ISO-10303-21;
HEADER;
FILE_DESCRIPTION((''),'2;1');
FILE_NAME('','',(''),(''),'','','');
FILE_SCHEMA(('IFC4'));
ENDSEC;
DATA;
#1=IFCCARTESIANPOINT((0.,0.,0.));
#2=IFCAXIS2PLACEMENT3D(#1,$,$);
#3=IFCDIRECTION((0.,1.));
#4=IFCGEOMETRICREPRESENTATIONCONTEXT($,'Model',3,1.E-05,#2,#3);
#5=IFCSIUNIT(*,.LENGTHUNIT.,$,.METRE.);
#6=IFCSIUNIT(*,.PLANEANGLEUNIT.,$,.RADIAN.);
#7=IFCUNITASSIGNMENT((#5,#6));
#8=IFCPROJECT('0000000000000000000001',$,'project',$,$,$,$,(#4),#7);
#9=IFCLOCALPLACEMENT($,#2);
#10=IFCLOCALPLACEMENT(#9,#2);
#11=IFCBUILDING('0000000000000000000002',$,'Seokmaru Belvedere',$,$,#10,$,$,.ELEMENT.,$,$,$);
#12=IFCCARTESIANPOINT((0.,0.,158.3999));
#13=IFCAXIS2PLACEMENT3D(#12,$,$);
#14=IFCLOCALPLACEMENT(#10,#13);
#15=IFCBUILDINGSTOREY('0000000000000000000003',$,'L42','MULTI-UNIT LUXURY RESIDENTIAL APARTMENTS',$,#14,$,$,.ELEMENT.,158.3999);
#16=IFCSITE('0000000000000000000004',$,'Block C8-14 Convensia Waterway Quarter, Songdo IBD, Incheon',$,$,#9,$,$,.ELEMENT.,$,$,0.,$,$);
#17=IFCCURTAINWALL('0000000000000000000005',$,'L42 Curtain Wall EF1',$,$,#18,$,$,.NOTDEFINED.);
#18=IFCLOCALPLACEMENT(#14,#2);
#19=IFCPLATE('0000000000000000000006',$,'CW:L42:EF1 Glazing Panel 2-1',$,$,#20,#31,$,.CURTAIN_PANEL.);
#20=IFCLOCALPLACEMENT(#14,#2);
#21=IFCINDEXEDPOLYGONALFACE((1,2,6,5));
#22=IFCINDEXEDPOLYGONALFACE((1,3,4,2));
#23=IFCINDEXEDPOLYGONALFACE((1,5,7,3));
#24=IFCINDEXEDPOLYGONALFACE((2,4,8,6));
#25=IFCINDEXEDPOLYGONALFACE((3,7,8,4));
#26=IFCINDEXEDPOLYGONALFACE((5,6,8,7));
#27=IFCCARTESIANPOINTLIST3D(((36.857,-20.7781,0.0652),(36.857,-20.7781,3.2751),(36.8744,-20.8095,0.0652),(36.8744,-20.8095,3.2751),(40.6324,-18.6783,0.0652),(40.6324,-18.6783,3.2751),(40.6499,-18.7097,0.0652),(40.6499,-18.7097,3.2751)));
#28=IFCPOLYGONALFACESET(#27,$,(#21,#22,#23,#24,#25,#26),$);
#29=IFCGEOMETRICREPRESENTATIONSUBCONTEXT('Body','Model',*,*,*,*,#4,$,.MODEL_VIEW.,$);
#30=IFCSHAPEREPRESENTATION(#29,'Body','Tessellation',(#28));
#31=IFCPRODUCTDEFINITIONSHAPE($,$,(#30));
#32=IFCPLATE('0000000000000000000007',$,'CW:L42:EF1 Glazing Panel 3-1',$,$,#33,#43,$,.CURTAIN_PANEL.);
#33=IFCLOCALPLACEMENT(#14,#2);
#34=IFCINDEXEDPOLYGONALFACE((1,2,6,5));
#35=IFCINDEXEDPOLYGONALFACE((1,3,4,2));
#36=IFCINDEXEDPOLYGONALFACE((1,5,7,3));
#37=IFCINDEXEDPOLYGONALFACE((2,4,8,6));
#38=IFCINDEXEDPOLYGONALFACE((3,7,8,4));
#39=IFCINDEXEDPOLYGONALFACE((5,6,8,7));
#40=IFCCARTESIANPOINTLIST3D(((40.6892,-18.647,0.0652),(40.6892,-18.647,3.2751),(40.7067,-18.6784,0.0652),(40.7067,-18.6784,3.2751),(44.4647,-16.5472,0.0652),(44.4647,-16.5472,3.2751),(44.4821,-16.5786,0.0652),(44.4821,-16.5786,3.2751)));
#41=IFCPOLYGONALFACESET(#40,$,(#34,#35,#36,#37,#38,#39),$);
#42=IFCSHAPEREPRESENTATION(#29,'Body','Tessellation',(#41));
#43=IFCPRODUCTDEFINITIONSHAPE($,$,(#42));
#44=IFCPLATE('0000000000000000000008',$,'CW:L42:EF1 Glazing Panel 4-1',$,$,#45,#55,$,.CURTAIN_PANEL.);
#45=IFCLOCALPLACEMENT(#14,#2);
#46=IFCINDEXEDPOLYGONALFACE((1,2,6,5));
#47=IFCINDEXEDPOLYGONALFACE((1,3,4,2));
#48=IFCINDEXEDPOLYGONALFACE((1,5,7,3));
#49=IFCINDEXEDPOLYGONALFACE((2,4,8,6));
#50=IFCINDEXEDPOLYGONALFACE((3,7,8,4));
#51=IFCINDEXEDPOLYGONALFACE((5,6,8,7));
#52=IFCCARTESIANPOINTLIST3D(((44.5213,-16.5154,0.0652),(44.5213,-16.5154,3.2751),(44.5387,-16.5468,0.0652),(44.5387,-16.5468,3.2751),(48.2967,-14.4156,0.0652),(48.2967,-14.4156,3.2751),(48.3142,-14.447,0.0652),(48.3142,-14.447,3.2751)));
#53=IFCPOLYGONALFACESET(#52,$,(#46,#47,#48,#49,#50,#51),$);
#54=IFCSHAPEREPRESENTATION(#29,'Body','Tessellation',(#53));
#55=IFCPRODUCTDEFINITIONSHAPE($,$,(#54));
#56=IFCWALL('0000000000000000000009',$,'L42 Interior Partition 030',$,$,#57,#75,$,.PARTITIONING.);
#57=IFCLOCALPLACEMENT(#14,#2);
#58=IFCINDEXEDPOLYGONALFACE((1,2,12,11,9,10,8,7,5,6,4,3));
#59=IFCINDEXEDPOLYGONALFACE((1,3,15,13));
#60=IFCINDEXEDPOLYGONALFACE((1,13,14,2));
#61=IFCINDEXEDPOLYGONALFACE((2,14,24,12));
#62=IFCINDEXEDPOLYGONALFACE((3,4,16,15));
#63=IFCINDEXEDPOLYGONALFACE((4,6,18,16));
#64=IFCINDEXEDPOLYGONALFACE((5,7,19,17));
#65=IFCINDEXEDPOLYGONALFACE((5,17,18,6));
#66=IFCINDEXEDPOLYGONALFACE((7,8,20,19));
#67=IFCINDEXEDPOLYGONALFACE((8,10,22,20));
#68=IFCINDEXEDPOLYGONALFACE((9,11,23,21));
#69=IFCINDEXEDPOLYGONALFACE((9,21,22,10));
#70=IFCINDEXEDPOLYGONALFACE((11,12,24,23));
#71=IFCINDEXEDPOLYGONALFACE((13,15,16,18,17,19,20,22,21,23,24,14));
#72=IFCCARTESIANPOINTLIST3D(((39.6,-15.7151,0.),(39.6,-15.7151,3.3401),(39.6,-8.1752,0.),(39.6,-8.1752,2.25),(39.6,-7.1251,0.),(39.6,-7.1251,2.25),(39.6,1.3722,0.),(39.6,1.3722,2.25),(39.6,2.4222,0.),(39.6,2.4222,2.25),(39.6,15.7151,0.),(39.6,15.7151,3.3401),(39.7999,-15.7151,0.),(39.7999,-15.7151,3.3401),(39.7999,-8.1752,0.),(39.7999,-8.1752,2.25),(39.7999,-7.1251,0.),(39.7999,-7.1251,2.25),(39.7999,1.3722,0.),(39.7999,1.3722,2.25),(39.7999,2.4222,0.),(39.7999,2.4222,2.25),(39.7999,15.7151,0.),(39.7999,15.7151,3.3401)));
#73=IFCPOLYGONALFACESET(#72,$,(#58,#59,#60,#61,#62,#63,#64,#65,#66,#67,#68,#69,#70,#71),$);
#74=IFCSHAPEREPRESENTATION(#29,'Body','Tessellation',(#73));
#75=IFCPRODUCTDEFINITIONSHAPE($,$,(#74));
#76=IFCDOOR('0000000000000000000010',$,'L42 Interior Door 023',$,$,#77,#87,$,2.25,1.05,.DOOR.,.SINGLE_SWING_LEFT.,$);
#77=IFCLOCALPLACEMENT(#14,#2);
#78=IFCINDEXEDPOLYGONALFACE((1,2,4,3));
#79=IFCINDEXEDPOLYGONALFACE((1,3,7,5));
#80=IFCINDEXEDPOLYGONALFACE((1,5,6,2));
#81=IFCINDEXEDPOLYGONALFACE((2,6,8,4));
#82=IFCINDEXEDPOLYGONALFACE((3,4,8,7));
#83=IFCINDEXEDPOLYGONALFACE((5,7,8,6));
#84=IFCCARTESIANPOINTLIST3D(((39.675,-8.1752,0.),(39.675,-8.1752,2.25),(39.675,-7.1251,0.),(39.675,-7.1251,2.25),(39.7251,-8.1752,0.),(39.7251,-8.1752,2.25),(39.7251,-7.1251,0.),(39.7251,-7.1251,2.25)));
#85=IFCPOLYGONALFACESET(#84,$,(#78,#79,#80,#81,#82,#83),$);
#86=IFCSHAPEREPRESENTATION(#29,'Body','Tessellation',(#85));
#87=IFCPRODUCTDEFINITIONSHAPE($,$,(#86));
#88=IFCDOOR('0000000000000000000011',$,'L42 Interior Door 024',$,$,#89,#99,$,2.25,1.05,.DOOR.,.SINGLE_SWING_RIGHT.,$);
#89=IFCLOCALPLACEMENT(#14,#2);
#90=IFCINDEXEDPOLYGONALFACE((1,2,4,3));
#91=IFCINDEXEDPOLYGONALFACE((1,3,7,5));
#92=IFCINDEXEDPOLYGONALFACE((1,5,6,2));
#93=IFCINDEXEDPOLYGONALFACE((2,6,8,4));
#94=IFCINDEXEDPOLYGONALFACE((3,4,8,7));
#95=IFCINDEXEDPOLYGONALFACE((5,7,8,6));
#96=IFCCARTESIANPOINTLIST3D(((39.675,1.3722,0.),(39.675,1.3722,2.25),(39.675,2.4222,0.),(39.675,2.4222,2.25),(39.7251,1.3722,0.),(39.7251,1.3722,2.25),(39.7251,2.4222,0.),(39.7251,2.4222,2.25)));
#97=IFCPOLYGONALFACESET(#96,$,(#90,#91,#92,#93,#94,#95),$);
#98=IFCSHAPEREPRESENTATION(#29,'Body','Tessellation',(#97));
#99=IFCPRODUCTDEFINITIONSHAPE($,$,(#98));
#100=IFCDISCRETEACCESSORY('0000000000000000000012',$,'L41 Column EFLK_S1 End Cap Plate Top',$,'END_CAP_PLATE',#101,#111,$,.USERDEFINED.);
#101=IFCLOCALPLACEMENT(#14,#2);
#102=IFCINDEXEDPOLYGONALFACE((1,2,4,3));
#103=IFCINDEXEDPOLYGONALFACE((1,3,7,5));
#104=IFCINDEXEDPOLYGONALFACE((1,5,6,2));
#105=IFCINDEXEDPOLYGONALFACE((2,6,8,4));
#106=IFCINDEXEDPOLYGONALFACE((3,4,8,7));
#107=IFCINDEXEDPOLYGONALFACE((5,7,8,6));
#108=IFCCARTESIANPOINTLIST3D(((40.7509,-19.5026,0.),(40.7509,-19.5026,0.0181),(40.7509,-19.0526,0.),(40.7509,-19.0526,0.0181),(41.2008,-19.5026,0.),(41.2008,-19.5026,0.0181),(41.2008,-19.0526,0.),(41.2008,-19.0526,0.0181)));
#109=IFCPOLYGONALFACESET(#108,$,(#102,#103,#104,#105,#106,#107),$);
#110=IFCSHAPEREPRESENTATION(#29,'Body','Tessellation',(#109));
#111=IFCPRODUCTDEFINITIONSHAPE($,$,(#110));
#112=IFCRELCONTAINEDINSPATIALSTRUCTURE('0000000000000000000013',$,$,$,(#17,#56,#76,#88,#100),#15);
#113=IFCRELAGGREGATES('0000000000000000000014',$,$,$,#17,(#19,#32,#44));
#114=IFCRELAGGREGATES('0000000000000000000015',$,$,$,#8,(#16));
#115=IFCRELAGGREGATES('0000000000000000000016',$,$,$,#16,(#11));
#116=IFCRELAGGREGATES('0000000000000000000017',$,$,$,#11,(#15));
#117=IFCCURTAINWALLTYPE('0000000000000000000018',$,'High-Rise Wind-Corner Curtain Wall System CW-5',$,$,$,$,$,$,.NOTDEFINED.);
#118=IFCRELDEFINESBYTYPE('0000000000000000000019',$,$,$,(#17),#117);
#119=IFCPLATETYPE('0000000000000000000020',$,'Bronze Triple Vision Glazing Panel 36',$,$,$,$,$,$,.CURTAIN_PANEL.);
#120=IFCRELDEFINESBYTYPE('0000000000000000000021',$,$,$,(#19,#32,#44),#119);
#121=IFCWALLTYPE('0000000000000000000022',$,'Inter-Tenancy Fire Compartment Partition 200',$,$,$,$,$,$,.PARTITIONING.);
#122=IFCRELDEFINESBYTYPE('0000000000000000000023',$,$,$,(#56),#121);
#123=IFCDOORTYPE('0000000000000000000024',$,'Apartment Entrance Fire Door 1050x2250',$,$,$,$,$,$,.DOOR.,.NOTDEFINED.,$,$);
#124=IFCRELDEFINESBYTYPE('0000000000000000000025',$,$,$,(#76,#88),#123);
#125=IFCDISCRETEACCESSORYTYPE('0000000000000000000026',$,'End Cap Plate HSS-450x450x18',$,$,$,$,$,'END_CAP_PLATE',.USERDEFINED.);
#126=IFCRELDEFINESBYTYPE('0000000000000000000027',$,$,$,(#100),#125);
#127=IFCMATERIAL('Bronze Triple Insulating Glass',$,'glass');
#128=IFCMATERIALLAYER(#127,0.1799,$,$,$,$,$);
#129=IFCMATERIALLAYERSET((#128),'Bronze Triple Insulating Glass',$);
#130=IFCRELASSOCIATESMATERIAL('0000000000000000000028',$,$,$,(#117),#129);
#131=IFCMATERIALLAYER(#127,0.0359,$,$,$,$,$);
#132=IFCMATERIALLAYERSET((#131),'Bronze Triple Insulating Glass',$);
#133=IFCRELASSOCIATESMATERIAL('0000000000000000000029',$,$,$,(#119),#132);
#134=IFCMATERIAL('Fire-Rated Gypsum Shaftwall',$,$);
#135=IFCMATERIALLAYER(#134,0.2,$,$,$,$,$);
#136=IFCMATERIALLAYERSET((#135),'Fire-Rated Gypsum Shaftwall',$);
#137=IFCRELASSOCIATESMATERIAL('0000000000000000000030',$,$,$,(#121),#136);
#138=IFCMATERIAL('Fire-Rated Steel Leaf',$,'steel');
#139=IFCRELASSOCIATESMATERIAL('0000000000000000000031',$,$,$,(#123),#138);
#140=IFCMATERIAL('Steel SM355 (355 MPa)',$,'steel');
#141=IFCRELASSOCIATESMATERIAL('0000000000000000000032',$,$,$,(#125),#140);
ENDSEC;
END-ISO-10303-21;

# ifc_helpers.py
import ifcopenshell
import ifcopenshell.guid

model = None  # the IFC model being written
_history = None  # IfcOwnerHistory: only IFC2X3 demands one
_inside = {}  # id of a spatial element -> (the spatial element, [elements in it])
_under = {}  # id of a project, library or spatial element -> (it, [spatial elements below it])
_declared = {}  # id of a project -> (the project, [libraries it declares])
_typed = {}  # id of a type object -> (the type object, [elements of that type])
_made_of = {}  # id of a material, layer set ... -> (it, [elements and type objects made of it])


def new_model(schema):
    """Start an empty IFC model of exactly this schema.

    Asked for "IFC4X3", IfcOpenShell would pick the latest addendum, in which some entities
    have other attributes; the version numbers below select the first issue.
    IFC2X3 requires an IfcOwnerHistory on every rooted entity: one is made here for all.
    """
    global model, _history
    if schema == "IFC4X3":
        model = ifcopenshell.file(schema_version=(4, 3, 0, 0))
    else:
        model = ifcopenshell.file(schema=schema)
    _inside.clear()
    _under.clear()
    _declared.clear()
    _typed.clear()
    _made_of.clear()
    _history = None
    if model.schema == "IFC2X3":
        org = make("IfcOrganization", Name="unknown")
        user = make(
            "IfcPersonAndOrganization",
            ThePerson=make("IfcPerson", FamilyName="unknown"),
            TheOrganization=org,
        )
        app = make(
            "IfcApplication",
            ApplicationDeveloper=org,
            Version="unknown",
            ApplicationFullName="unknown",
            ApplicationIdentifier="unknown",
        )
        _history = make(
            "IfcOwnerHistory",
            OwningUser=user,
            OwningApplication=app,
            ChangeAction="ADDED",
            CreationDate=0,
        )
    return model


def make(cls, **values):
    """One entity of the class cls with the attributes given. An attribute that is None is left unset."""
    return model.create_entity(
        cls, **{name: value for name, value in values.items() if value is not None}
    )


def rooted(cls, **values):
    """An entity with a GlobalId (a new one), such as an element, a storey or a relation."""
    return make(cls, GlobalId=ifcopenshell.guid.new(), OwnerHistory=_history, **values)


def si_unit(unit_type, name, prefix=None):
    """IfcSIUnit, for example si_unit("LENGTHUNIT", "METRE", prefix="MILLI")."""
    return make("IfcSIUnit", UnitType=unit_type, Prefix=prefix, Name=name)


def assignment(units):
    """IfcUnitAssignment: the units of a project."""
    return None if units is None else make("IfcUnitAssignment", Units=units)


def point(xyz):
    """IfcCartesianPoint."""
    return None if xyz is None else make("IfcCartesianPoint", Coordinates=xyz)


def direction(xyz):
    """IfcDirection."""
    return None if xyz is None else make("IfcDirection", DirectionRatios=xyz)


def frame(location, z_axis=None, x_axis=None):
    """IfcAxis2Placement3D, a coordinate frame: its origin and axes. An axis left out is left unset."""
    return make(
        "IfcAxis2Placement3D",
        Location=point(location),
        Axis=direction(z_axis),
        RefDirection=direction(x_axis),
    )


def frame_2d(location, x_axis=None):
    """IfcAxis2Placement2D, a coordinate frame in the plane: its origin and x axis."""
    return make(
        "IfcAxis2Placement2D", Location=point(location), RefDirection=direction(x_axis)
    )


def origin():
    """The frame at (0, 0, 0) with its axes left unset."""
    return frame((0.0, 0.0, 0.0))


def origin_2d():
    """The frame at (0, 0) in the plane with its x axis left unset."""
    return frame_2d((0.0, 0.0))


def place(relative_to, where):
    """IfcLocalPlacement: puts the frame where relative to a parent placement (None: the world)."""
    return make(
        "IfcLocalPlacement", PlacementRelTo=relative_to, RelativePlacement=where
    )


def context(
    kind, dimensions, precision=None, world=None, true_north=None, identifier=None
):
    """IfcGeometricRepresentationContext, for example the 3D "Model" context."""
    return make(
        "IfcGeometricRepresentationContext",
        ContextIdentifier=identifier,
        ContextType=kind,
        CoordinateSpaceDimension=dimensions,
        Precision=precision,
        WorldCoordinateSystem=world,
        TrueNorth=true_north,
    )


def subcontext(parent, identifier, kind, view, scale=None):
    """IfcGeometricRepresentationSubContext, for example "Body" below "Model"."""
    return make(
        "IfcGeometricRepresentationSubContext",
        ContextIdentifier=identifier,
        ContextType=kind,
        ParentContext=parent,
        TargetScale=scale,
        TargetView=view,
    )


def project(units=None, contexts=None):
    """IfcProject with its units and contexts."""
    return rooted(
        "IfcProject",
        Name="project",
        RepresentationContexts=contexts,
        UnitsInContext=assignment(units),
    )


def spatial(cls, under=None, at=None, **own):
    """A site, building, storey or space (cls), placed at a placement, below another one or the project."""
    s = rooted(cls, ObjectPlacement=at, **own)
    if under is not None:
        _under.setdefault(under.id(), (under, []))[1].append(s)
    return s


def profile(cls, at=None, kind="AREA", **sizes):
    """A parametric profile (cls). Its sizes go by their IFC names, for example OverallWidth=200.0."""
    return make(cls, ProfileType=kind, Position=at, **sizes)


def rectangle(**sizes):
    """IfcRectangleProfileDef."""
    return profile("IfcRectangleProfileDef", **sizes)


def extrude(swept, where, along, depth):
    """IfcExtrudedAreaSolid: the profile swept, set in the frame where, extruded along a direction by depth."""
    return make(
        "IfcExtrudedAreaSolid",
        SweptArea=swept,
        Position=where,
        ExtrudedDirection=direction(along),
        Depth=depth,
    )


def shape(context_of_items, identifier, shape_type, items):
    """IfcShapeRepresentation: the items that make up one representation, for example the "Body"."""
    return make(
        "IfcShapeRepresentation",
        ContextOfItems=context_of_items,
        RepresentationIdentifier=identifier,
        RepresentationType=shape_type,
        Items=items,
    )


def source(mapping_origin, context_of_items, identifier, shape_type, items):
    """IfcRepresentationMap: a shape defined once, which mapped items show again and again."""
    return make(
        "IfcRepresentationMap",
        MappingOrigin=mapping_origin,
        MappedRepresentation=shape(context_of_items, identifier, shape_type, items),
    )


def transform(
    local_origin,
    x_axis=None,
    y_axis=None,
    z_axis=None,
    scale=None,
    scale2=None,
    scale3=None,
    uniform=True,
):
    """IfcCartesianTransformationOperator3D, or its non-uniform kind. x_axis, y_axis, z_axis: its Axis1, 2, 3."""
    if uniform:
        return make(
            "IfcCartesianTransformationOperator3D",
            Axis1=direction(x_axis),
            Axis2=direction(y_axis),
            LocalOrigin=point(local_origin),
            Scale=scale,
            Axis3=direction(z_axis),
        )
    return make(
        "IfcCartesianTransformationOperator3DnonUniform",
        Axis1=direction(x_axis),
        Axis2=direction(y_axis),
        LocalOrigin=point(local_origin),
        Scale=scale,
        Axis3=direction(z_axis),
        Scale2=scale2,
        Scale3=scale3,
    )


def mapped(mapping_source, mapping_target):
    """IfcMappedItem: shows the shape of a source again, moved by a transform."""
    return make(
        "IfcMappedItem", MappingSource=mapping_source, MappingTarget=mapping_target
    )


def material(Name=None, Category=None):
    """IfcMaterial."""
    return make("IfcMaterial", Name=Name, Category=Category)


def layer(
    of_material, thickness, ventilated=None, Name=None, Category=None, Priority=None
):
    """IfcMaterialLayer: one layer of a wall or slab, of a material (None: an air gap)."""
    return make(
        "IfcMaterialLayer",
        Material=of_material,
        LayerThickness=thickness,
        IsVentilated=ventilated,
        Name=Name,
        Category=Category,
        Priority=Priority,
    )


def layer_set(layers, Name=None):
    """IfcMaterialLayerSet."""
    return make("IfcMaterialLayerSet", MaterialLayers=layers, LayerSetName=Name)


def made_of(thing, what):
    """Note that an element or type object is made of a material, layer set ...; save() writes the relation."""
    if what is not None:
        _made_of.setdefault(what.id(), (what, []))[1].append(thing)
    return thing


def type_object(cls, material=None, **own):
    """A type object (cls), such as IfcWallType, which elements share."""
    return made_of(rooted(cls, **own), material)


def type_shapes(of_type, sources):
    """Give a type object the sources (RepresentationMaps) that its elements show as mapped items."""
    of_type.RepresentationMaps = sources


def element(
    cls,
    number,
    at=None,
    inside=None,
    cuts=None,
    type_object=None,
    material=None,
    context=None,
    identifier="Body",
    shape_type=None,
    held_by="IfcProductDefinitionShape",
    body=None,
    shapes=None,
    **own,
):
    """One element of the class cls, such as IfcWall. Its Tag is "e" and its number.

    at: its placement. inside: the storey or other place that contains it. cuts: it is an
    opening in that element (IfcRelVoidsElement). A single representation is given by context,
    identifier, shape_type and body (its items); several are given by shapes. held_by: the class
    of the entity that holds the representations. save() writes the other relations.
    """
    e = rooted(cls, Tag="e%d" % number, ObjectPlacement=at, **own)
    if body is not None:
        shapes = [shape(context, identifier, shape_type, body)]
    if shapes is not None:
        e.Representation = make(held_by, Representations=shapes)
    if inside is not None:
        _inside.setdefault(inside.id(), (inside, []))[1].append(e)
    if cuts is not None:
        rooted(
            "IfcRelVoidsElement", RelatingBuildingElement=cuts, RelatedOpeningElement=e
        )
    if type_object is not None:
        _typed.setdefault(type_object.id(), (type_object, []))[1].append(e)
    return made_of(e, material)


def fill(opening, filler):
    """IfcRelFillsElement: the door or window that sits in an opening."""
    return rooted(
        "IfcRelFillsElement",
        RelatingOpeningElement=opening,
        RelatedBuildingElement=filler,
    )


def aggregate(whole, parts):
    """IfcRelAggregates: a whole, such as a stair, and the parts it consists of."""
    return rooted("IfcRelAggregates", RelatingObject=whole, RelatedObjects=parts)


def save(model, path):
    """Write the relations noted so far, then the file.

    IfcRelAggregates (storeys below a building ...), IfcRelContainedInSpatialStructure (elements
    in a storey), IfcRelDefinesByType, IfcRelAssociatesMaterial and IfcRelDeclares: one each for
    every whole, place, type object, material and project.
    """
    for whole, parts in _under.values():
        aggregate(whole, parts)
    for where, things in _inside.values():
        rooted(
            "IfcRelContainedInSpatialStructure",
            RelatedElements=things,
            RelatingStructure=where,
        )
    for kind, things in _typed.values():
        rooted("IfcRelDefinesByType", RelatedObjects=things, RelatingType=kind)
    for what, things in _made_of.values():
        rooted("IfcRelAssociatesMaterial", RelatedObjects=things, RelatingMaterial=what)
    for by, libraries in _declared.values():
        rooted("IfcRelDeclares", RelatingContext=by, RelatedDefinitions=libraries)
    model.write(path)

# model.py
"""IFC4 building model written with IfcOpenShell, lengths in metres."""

from ifc_helpers import new_model, si_unit, direction, frame, frame_2d, origin, origin_2d, place, context, subcontext, project, spatial, rectangle, extrude, source, transform, mapped, material, layer, layer_set, type_object, type_shapes, element, fill, aggregate, save


model = new_model("IFC4")

# Units and contexts
model_context = context("Model", 3, precision=1e-05, world=origin(), true_north=direction((0.0, 1.0)))
body_context = subcontext(model_context, "Body", "Model", "MODEL_VIEW")
ifc_project = project(units=[si_unit("LENGTHUNIT", "METRE"), si_unit("PLANEANGLEUNIT", "RADIAN")], contexts=[model_context])

# Site, building, storey
site_placement = place(None, origin())
site = spatial("IfcSite", under=ifc_project, at=site_placement, Name="Block C8-14 Convensia Waterway Quarter, Songdo IBD, Incheon", CompositionType="ELEMENT", RefElevation=0.0)
building_placement = place(site_placement, origin())
building = spatial("IfcBuilding", under=site, at=building_placement, Name="Seokmaru Belvedere", CompositionType="ELEMENT")
storey_placement = place(building_placement, frame((0.0, 0.0, 158.3999)))
storey = spatial("IfcBuildingStorey", under=building, at=storey_placement, Name="L42", Description="MULTI-UNIT LUXURY RESIDENTIAL APARTMENTS", CompositionType="ELEMENT", Elevation=158.3999)

# Shared definitions
ifc_material_1 = material(Name="Steel SM355 (355 MPa)", Category="steel")

# Curtain wall, plates
ifc_material_2 = material(Name="Bronze Triple Insulating Glass", Category="glass")
ifc_layer_1 = layer(ifc_material_2, 0.1799)
ifc_layer_set_1 = layer_set([ifc_layer_1], Name="Bronze Triple Insulating Glass")
curtain_wall_type = type_object("IfcCurtainWallType", Name="High-Rise Wind-Corner Curtain Wall System CW-5", PredefinedType="NOTDEFINED", material=ifc_layer_set_1)
curtain_wall_placement = place(storey_placement, origin())
curtain_wall = element("IfcCurtainWall", 1, at=curtain_wall_placement, inside=storey, type_object=curtain_wall_type, Name="L42 Curtain Wall EF1", PredefinedType="NOTDEFINED")
ifc_layer_2 = layer(ifc_material_2, 0.0359)
ifc_layer_set_2 = layer_set([ifc_layer_2], Name="Bronze Triple Insulating Glass")
plate_type = type_object("IfcPlateType", Name="Bronze Triple Vision Glazing Panel 36", PredefinedType="CURTAIN_PANEL", material=ifc_layer_set_2)
shared_shape_1 = source(origin(), body_context, "Body", "SweptSolid", [
    extrude(rectangle(XDim=4.3201, YDim=0.0359, at=origin_2d()), origin(), (0.0, 0.0, 1.0), 3.21),
])
type_shapes(plate_type, [shared_shape_1])
plate_1_placement = place(storey_placement, frame((38.7534, -19.7439, 0.0652), z_axis=(0.0, 0.0, 1.0), x_axis=(0.873933, 0.486047, 0.0)))
plate_1 = element("IfcPlate", 2, at=plate_1_placement, type_object=plate_type, Name="CW:L42:EF1 Glazing Panel 2-1", PredefinedType="CURTAIN_PANEL", context=body_context, shape_type="MappedRepresentation", body=[
    mapped(shared_shape_1, transform((0.0, 0.0, 0.0), scale=1.0)),
])
plate_2_placement = place(storey_placement, frame((42.5857, -17.6128, 0.0652), z_axis=(0.0, 0.0, 1.0), x_axis=(0.873933, 0.486047, 0.0)))
plate_2 = element("IfcPlate", 3, at=plate_2_placement, type_object=plate_type, Name="CW:L42:EF1 Glazing Panel 3-1", PredefinedType="CURTAIN_PANEL", context=body_context, shape_type="MappedRepresentation", body=[
    mapped(shared_shape_1, transform((0.0, 0.0, 0.0), scale=1.0)),
])
plate_3_placement = place(storey_placement, frame((46.4177, -15.4812, 0.0652), z_axis=(0.0, 0.0, 1.0), x_axis=(0.873933, 0.486047, 0.0)))
plate_3 = element("IfcPlate", 4, at=plate_3_placement, type_object=plate_type, Name="CW:L42:EF1 Glazing Panel 4-1", PredefinedType="CURTAIN_PANEL", context=body_context, shape_type="MappedRepresentation", body=[
    mapped(shared_shape_1, transform((0.0, 0.0, 0.0), scale=1.0)),
])
aggregate(curtain_wall, [plate_1, plate_2, plate_3])

# Wall, openings, doors
ifc_material_3 = material(Name="Fire-Rated Gypsum Shaftwall")
ifc_layer_3 = layer(ifc_material_3, 0.2)
ifc_layer_set_3 = layer_set([ifc_layer_3], Name="Fire-Rated Gypsum Shaftwall")
wall_type = type_object("IfcWallType", Name="Inter-Tenancy Fire Compartment Partition 200", PredefinedType="PARTITIONING", material=ifc_layer_set_3)
wall_placement = place(storey_placement, frame((39.7, -15.7151, 0.0), z_axis=(0.0, 0.0, 1.0), x_axis=(0.0, 1.0, 0.0)))
wall = element("IfcWall", 5, at=wall_placement, inside=storey, type_object=wall_type, Name="L42 Interior Partition 030", PredefinedType="PARTITIONING", context=body_context, shape_type="SweptSolid", body=[
    extrude(rectangle(XDim=31.4302, YDim=0.2, at=frame_2d((15.7151, 0.0))), origin(), (0.0, 0.0, 1.0), 3.3401),
])
opening_1_placement = place(wall_placement, frame((7.54, 0.0, 0.0)))
opening_1 = element("IfcOpeningElement", 6, at=opening_1_placement, cuts=wall, PredefinedType="OPENING", context=body_context, shape_type="SweptSolid", body=[
    extrude(rectangle(XDim=1.05, YDim=2.25, at=frame_2d((0.5249, 1.125))), frame((0.0, 0.1099, 0.0), z_axis=(0.0, -1.0, 0.0), x_axis=(1.0, 0.0, 0.0)), (0.0, 0.0, 1.0), 0.22),
])
opening_2_placement = place(wall_placement, frame((17.0874, 0.0, 0.0)))
opening_2 = element("IfcOpeningElement", 7, at=opening_2_placement, cuts=wall, PredefinedType="OPENING", context=body_context, shape_type="SweptSolid", body=[
    extrude(rectangle(XDim=1.05, YDim=2.25, at=frame_2d((0.5249, 1.125))), frame((0.0, 0.1099, 0.0), z_axis=(0.0, -1.0, 0.0), x_axis=(1.0, 0.0, 0.0)), (0.0, 0.0, 1.0), 0.22),
])
ifc_material_4 = material(Name="Fire-Rated Steel Leaf", Category="steel")
door_type = type_object("IfcDoorType", Name="Apartment Entrance Fire Door 1050x2250", OperationType="NOTDEFINED", PredefinedType="DOOR", material=ifc_material_4)
shared_shape_2 = source(origin(), body_context, "Body", "SweptSolid", [
    extrude(rectangle(XDim=1.05, YDim=2.25, at=frame_2d((0.5249, 1.125))), frame((0.0, 0.0249, 0.0), z_axis=(0.0, -1.0, 0.0), x_axis=(1.0, 0.0, 0.0)), (0.0, 0.0, 1.0), 0.05),
])
type_shapes(door_type, [shared_shape_2])
door_1_placement = place(opening_1_placement, origin())
door_1 = element("IfcDoor", 8, at=door_1_placement, inside=storey, type_object=door_type, Name="L42 Interior Door 023", OperationType="SINGLE_SWING_LEFT", OverallHeight=2.25, OverallWidth=1.05, PredefinedType="DOOR", context=body_context, shape_type="MappedRepresentation", body=[
    mapped(shared_shape_2, transform((0.0, 0.0, 0.0), scale=1.0)),
])
fill(opening_1, door_1)
door_2_placement = place(opening_2_placement, origin())
door_2 = element("IfcDoor", 9, at=door_2_placement, inside=storey, type_object=door_type, Name="L42 Interior Door 024", OperationType="SINGLE_SWING_RIGHT", OverallHeight=2.25, OverallWidth=1.05, PredefinedType="DOOR", context=body_context, shape_type="MappedRepresentation", body=[
    mapped(shared_shape_2, transform((0.0, 0.0, 0.0), scale=1.0)),
])
fill(opening_2, door_2)

# Discrete accessory
discrete_accessory_type = type_object("IfcDiscreteAccessoryType", Name="End Cap Plate HSS-450x450x18", ElementType="END_CAP_PLATE", PredefinedType="USERDEFINED", material=ifc_material_1)
shared_shape_3 = source(origin(), body_context, "Body", "SweptSolid", [
    extrude(rectangle(XDim=0.45, YDim=0.45, at=origin_2d()), origin(), (0.0, 0.0, 1.0), 0.0181),
])
type_shapes(discrete_accessory_type, [shared_shape_3])
discrete_accessory_placement = place(storey_placement, frame((40.9758, -19.2776, 0.0), z_axis=(0.0, 0.0, 1.0), x_axis=(1.0, 0.0, 0.0)))
element("IfcDiscreteAccessory", 10, at=discrete_accessory_placement, inside=storey, type_object=discrete_accessory_type, Name="L41 Column EFLK_S1 End Cap Plate Top", ObjectType="END_CAP_PLATE", PredefinedType="USERDEFINED", context=body_context, shape_type="MappedRepresentation", body=[
    mapped(shared_shape_3, transform((0.0, 0.0, 0.0), scale=1.0)),
])

save(model, "model.ifc")
